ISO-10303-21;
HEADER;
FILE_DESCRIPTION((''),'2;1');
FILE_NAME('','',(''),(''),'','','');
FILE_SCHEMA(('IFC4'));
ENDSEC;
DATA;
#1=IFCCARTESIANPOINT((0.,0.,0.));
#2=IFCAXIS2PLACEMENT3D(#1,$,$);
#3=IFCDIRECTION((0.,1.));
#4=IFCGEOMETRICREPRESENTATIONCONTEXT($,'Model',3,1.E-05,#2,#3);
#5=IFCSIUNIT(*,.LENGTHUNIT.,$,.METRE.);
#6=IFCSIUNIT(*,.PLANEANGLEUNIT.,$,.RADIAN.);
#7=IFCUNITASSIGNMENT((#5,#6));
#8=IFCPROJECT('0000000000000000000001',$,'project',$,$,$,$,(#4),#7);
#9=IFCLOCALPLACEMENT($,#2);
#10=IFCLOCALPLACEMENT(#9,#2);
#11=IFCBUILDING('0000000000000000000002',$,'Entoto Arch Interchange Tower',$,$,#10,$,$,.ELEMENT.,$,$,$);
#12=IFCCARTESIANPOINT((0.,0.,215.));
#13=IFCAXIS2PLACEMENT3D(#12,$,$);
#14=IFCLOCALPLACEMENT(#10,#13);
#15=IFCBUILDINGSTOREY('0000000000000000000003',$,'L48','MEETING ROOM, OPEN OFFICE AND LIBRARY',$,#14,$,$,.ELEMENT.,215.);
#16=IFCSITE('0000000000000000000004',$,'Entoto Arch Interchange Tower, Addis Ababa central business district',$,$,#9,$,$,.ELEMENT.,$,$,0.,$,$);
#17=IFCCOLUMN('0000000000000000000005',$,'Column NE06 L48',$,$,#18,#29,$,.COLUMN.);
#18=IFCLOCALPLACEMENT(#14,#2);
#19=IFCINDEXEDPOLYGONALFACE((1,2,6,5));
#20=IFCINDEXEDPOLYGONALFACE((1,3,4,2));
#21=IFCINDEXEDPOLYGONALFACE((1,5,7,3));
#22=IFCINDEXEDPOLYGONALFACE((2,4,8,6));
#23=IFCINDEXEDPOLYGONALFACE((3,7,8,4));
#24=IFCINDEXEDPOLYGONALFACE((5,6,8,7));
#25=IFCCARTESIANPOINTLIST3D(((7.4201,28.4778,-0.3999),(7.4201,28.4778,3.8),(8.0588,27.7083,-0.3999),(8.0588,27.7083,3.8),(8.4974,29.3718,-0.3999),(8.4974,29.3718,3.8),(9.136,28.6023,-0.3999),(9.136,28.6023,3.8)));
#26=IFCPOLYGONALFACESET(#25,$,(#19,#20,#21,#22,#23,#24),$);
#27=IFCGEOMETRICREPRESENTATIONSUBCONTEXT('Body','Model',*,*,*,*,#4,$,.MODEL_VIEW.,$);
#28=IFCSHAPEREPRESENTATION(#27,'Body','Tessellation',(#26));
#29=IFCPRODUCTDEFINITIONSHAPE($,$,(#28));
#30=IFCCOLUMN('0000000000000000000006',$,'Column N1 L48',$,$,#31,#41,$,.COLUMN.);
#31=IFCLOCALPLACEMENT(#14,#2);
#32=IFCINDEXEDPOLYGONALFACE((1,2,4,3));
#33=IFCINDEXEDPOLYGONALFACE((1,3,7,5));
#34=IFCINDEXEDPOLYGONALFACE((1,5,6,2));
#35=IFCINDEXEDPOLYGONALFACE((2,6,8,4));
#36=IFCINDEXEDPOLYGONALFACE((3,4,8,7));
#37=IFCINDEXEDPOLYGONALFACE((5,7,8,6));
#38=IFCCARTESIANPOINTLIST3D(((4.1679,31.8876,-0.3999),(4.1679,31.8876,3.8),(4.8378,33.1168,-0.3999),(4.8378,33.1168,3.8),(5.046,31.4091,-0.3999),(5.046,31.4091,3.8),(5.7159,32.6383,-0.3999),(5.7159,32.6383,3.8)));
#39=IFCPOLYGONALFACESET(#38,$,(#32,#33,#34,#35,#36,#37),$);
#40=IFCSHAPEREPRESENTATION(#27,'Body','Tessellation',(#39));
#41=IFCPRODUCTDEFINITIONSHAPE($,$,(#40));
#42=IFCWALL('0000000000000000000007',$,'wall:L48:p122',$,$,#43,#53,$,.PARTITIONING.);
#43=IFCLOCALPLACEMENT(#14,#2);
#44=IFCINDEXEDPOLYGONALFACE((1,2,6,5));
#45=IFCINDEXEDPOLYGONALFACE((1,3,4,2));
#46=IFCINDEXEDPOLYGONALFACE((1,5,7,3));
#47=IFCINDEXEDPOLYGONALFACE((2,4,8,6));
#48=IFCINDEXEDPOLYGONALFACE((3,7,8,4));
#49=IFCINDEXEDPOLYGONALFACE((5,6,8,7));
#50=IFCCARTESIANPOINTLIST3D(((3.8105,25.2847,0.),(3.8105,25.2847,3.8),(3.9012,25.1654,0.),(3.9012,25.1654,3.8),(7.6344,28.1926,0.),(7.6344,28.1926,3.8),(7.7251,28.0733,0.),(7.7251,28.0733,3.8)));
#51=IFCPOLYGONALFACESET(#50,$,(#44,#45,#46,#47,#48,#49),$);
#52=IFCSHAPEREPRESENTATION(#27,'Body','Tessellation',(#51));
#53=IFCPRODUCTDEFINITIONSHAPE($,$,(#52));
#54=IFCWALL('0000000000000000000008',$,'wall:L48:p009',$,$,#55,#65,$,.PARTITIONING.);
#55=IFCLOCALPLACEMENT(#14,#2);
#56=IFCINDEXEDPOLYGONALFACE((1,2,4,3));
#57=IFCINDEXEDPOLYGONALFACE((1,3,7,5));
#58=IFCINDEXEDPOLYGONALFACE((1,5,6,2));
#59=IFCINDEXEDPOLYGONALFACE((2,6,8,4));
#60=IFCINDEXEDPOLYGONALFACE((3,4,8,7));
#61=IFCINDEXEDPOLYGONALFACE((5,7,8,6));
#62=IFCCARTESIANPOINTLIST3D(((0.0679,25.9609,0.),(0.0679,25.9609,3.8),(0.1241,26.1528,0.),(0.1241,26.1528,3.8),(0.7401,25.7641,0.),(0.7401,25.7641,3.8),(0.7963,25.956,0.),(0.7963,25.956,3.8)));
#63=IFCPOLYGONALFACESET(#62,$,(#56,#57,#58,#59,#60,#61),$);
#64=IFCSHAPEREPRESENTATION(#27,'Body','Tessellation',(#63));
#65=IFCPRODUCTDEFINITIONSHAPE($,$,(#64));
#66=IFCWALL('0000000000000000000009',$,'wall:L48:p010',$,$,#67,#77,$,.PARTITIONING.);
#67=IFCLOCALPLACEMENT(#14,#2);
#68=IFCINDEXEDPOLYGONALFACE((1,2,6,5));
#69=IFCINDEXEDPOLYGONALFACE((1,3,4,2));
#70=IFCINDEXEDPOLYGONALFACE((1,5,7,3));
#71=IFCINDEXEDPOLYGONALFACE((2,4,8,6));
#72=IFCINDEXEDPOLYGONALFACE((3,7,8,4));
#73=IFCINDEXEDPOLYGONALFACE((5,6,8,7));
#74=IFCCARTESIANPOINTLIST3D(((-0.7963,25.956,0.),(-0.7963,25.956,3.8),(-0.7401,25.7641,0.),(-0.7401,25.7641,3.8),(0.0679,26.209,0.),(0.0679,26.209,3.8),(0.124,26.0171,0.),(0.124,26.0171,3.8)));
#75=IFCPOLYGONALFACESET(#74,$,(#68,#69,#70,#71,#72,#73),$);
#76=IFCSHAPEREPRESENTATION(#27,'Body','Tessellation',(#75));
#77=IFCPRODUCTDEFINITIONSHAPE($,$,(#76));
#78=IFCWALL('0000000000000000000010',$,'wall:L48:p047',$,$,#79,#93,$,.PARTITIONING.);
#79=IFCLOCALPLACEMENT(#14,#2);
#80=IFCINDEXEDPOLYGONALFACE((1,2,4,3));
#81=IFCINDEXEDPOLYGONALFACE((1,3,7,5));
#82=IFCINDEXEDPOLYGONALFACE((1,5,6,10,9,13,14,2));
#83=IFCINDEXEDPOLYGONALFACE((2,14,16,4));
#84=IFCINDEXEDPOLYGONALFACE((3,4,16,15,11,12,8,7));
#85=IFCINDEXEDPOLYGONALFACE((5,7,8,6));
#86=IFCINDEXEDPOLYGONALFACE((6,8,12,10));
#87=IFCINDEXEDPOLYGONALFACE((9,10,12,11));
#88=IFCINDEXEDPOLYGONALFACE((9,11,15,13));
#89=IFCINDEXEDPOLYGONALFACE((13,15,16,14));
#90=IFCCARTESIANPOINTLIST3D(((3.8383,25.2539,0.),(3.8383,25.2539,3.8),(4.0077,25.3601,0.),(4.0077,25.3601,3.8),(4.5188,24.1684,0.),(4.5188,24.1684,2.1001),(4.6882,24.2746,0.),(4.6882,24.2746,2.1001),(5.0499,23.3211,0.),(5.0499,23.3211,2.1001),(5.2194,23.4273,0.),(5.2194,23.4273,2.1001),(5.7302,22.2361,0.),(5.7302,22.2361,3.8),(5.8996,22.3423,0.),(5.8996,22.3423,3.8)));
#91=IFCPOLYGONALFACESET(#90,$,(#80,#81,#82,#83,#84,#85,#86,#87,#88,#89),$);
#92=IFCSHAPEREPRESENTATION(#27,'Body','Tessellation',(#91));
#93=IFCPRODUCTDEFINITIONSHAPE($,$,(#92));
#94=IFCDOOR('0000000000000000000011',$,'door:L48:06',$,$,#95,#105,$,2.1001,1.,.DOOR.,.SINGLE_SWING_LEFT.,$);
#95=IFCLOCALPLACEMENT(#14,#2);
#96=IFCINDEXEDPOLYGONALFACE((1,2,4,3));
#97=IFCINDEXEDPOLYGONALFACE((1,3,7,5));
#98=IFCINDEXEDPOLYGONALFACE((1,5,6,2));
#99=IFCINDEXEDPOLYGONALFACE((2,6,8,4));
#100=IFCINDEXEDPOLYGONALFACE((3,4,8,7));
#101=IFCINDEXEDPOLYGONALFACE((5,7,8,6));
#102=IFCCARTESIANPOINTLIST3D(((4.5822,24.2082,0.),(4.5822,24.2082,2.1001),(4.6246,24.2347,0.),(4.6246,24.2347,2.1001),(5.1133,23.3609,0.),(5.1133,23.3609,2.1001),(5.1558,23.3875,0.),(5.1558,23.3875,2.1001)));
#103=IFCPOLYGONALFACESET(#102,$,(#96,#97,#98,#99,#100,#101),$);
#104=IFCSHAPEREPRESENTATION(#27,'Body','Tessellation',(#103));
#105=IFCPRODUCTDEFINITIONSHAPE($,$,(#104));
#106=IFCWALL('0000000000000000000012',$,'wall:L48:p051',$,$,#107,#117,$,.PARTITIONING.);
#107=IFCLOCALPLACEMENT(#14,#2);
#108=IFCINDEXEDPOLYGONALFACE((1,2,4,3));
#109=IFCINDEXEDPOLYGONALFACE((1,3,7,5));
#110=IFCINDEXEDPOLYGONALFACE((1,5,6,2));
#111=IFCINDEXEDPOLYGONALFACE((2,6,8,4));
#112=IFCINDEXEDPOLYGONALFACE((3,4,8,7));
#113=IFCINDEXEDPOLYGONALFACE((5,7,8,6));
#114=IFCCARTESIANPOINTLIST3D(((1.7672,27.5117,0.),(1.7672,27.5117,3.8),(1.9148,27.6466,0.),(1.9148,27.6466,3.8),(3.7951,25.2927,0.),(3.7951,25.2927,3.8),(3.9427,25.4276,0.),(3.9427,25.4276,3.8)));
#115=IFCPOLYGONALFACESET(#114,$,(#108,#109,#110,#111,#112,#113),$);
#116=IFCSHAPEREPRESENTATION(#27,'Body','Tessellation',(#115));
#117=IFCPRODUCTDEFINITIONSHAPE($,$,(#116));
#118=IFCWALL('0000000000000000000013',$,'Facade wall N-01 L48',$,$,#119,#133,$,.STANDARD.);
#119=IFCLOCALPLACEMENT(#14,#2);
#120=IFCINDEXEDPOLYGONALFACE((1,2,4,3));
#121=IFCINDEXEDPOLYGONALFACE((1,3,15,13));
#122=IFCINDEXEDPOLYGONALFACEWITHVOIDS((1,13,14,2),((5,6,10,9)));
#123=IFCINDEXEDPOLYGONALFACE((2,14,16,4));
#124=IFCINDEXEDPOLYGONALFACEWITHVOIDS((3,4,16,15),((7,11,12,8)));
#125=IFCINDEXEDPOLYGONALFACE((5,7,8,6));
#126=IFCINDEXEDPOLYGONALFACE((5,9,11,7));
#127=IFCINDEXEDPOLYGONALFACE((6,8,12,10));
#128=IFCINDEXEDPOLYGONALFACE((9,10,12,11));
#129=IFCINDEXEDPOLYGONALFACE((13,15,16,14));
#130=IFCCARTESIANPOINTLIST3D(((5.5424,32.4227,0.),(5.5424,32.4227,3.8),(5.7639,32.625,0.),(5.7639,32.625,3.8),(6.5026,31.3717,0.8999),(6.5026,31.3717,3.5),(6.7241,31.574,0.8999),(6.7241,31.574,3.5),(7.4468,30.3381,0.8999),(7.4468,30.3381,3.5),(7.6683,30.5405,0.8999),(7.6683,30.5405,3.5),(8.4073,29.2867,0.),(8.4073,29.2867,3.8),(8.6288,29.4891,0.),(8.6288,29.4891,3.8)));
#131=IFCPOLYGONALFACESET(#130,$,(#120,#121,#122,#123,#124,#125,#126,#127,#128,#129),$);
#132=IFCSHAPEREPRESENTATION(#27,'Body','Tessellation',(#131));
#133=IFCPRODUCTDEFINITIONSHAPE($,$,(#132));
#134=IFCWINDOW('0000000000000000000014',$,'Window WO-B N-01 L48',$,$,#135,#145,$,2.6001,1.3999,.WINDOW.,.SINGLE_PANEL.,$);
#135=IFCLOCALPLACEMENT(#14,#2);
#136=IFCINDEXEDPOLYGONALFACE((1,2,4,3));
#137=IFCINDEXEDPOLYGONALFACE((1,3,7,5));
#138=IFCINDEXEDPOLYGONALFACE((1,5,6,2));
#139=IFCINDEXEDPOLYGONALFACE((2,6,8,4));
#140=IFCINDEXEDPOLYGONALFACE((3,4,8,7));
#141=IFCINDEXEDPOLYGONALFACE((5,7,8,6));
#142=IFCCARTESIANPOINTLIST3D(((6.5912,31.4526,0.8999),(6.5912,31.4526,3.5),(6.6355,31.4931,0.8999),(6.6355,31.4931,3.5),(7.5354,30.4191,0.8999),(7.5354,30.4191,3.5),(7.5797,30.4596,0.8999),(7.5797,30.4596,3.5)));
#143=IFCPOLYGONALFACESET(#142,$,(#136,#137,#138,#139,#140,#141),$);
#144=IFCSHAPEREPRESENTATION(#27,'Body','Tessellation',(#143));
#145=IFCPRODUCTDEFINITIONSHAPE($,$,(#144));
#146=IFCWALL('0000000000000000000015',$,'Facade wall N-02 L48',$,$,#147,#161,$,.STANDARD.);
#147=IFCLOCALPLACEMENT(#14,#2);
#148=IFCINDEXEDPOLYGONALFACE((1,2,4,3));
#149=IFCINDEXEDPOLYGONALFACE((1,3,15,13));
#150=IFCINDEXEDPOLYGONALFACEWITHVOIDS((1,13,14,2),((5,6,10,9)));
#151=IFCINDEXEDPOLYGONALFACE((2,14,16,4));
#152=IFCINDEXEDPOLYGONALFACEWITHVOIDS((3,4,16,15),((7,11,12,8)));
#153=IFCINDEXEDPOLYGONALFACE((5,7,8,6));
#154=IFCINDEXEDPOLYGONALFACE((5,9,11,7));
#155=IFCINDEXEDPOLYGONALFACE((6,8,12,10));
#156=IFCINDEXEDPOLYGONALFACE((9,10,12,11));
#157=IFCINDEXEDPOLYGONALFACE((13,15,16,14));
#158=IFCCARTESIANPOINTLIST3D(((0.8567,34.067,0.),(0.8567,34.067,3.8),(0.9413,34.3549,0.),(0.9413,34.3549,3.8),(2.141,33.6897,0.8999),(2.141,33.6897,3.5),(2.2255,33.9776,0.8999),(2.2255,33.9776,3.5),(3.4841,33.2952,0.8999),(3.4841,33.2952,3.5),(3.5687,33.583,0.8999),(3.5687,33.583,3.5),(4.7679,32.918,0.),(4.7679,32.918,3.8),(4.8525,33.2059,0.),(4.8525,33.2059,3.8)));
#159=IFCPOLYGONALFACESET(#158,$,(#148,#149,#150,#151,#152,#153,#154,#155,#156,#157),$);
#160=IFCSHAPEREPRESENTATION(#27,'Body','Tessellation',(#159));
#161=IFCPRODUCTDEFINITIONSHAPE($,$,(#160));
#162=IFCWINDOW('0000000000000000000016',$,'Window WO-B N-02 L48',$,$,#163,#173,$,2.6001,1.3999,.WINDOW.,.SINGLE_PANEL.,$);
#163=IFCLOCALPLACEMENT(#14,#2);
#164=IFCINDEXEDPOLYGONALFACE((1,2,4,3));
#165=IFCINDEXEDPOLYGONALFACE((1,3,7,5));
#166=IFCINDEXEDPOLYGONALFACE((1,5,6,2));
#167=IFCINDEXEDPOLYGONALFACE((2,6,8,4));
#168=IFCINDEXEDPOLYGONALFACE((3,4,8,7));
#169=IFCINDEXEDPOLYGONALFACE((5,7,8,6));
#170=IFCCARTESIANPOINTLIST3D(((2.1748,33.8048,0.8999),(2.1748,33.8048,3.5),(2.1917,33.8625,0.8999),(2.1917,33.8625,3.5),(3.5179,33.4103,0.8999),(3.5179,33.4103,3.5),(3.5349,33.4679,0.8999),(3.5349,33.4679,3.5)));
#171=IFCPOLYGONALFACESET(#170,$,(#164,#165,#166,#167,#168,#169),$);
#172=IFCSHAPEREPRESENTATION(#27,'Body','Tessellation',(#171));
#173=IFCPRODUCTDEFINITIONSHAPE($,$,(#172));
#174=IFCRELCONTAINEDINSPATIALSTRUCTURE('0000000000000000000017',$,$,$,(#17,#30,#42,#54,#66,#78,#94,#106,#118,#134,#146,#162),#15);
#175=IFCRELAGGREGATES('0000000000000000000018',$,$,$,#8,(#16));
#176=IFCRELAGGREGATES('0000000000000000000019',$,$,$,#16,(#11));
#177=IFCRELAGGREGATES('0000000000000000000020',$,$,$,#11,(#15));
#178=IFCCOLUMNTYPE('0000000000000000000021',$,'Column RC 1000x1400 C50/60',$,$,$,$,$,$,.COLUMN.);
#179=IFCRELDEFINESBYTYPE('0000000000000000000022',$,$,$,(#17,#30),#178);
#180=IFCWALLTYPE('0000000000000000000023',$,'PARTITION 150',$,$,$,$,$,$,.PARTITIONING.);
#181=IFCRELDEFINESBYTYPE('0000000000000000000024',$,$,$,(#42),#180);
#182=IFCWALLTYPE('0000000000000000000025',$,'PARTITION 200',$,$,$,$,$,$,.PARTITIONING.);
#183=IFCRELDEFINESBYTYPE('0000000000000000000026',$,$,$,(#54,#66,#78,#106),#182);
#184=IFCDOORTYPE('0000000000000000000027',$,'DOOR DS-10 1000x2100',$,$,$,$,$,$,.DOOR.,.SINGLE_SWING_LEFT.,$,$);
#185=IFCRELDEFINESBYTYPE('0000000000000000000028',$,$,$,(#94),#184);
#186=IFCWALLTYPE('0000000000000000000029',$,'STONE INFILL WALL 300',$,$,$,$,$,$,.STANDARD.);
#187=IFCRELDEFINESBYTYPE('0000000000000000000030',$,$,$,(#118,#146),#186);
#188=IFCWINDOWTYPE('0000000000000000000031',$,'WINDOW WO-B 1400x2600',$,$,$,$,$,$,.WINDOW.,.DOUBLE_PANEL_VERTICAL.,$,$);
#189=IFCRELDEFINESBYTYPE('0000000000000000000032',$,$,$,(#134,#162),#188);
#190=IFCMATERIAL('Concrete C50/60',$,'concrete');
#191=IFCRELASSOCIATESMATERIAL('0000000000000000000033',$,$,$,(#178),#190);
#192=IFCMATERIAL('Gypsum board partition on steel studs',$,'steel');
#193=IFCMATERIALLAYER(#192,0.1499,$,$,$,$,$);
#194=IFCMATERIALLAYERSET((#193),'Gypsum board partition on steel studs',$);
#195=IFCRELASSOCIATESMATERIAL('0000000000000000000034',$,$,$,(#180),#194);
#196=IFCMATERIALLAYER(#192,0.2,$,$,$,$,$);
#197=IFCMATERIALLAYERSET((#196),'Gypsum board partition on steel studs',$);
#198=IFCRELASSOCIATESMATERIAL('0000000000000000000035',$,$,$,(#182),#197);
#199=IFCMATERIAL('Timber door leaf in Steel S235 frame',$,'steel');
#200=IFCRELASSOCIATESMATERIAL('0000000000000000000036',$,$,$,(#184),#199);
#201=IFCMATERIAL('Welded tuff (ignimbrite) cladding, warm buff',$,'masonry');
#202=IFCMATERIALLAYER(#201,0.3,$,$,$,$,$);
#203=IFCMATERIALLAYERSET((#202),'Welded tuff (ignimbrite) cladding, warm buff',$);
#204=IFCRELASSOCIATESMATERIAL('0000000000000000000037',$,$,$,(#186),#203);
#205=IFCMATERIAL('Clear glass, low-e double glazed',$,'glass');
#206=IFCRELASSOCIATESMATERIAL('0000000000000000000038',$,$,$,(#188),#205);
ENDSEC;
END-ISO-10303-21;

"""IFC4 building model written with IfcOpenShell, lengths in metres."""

from ifc_helpers import new_model, si_unit, direction, frame, frame_2d, origin, origin_2d, place, context, subcontext, project, spatial, rectangle, extrude, material, layer, layer_set, material_profile, profile_set, type_object, element, fill, save


model = new_model("IFC4")

# Units and contexts
model_context = context("Model", 3, precision=1e-05, world=origin(), true_north=direction((0.0, 1.0)))
body_context = subcontext(model_context, "Body", "Model", "MODEL_VIEW")
ifc_project = project(units=[si_unit("LENGTHUNIT", "METRE"), si_unit("PLANEANGLEUNIT", "RADIAN")], contexts=[model_context])

# Site, building, storey
site_placement = place(None, origin())
site = spatial("IfcSite", under=ifc_project, at=site_placement, Name="Entoto Arch Interchange Tower, Addis Ababa central business district", CompositionType="ELEMENT", RefElevation=0.0)
building_placement = place(site_placement, origin())
building = spatial("IfcBuilding", under=site, at=building_placement, Name="Entoto Arch Interchange Tower", CompositionType="ELEMENT")
storey_placement = place(building_placement, frame((0.0, 0.0, 215.0)))
storey = spatial("IfcBuildingStorey", under=building, at=storey_placement, Name="L48", Description="MEETING ROOM, OPEN OFFICE AND LIBRARY", CompositionType="ELEMENT", Elevation=215.0)

# Columns
ifc_material_1 = material(Name="Concrete C50/60", Category="concrete")
ifc_material_profile = material_profile(ifc_material_1, rectangle(XDim=1.0, YDim=1.3999, at=origin_2d()))
ifc_profile_set = profile_set([ifc_material_profile], Name="Concrete C50/60")
column_type = type_object("IfcColumnType", Name="Column RC 1000x1400 C50/60", PredefinedType="COLUMN", material=ifc_profile_set)
for number, where, z_axis, x_axis, name in (
    (1, (8.2781, 28.54, -0.3999), (0.0, 0.0, 1.0), (-0.63866, 0.769489, 0.0), "Column NE06 L48"),
    (2, (4.9419, 32.2629, -0.3999), (0.0, 0.0, 1.0), (-0.8781, 0.478477, 0.0), "Column N1 L48"),
):
    element("IfcColumn", number, at=place(storey_placement, frame(where, z_axis=z_axis, x_axis=x_axis)), inside=storey, type_object=column_type, Name=name, PredefinedType="COLUMN", context=body_context, shape_type="SweptSolid", body=[
        extrude(rectangle(XDim=1.0, YDim=1.3999, at=origin_2d()), origin(), (0.0, 0.0, 1.0), 4.2),
    ])

# Walls
ifc_material_2 = material(Name="Gypsum board partition on steel studs", Category="steel")
ifc_layer_1 = layer(ifc_material_2, 0.1499)
ifc_layer_set_1 = layer_set([ifc_layer_1], Name="Gypsum board partition on steel studs")
wall_type_1 = type_object("IfcWallType", Name="PARTITION 150", PredefinedType="PARTITIONING", material=ifc_layer_set_1)
wall_1_placement = place(storey_placement, frame((3.856, 25.2251, 0.0), z_axis=(0.0, 0.0, 1.0), x_axis=(0.795988, 0.605313, 0.0)))
element("IfcWall", 3, at=wall_1_placement, inside=storey, type_object=wall_type_1, Name="wall:L48:p122", PredefinedType="PARTITIONING", context=body_context, shape_type="SweptSolid", body=[
    extrude(rectangle(XDim=4.804, YDim=0.1499, at=frame_2d((2.4019, 0.0))), origin(), (0.0, 0.0, 1.0), 3.8),
])
ifc_layer_2 = layer(ifc_material_2, 0.2)
ifc_layer_set_2 = layer_set([ifc_layer_2], Name="Gypsum board partition on steel studs")
wall_type_2 = type_object("IfcWallType", Name="PARTITION 200", PredefinedType="PARTITIONING", material=ifc_layer_set_2)
wall_2_placement = place(storey_placement, frame((0.7681, 25.8601, 0.0), z_axis=(0.0, 0.0, 1.0), x_axis=(-0.959714, 0.280977, 0.0)))
element("IfcWall", 4, at=wall_2_placement, inside=storey, type_object=wall_type_2, Name="wall:L48:p009", PredefinedType="PARTITIONING", context=body_context, shape_type="SweptSolid", body=[
    extrude(rectangle(XDim=0.7004, YDim=0.2, at=frame_2d((0.3501, 0.0))), origin(), (0.0, 0.0, 1.0), 3.8),
])
wall_3_placement = place(storey_placement, frame((0.0959, 26.113, 0.0), z_axis=(0.0, 0.0, 1.0), x_axis=(-0.959723, -0.280947, 0.0)))
element("IfcWall", 5, at=wall_3_placement, inside=storey, type_object=wall_type_2, Name="wall:L48:p010", PredefinedType="PARTITIONING", context=body_context, shape_type="SweptSolid", body=[
    extrude(rectangle(XDim=0.9004, YDim=0.2, at=frame_2d((0.4502, 0.0))), origin(), (0.0, 0.0, 1.0), 3.8),
])

# Wall, opening, door
wall_4_placement = place(storey_placement, frame((3.9231, 25.3069, 0.0), z_axis=(0.0, 0.0, 1.0), x_axis=(0.531151, -0.847277, 0.0)))
wall_4 = element("IfcWall", 6, at=wall_4_placement, inside=storey, type_object=wall_type_2, Name="wall:L48:p047", PredefinedType="PARTITIONING", context=body_context, shape_type="SweptSolid", body=[
    extrude(rectangle(XDim=3.5618, YDim=0.2, at=frame_2d((1.7808, 0.0))), origin(), (0.0, 0.0, 1.0), 3.8),
])
opening_1_placement = place(wall_4_placement, frame((1.281, 0.0, 0.0)))
opening_1 = element("IfcOpeningElement", 7, at=opening_1_placement, cuts=wall_4, PredefinedType="OPENING", context=body_context, shape_type="SweptSolid", body=[
    extrude(rectangle(XDim=1.0, YDim=2.1001, at=frame_2d((0.5, 1.05))), frame((0.0, 0.1099, 0.0), z_axis=(0.0, -1.0, 0.0), x_axis=(1.0, 0.0, 0.0)), (0.0, 0.0, 1.0), 0.22),
])
ifc_material_3 = material(Name="Timber door leaf in Steel S235 frame", Category="steel")
door_type = type_object("IfcDoorType", Name="DOOR DS-10 1000x2100", OperationType="SINGLE_SWING_LEFT", PredefinedType="DOOR", material=ifc_material_3)
door_placement = place(opening_1_placement, origin())
door = element("IfcDoor", 8, at=door_placement, inside=storey, type_object=door_type, Name="door:L48:06", OperationType="SINGLE_SWING_LEFT", OverallHeight=2.1001, OverallWidth=1.0, PredefinedType="DOOR", context=body_context, shape_type="SweptSolid", body=[
    extrude(rectangle(XDim=1.0, YDim=2.1001, at=frame_2d((0.5, 1.05))), frame((0.0, 0.0249, 0.0), z_axis=(0.0, -1.0, 0.0), x_axis=(1.0, 0.0, 0.0)), (0.0, 0.0, 1.0), 0.05),
])
fill(opening_1, door)

# Wall
wall_5_placement = place(storey_placement, frame((1.8411, 27.5791, 0.0), z_axis=(0.0, 0.0, 1.0), x_axis=(0.674595, -0.738188, 0.0)))
element("IfcWall", 9, at=wall_5_placement, inside=storey, type_object=wall_type_2, Name="wall:L48:p051", PredefinedType="PARTITIONING", context=body_context, shape_type="SweptSolid", body=[
    extrude(rectangle(XDim=3.0061, YDim=0.2, at=frame_2d((1.5029, 0.0))), origin(), (0.0, 0.0, 1.0), 3.8),
])

# Walls, openings, windows
ifc_material_4 = material(Name="Welded tuff (ignimbrite) cladding, warm buff", Category="masonry")
ifc_layer_3 = layer(ifc_material_4, 0.3)
ifc_layer_set_3 = layer_set([ifc_layer_3], Name="Welded tuff (ignimbrite) cladding, warm buff")
wall_type_3 = type_object("IfcWallType", Name="STONE INFILL WALL 300", PredefinedType="STANDARD", material=ifc_layer_set_3)
wall_6_placement = place(storey_placement, frame((8.5181, 29.3879, 0.0), z_axis=(0.0, 0.0, 1.0), x_axis=(-0.674487, 0.738286, 0.0)))
wall_6 = element("IfcWall", 10, at=wall_6_placement, inside=storey, type_object=wall_type_3, Name="Facade wall N-01 L48", PredefinedType="STANDARD", context=body_context, shape_type="SweptSolid", body=[
    extrude(rectangle(XDim=4.2476, YDim=0.3, at=frame_2d((2.1238, 0.0))), origin(), (0.0, 0.0, 1.0), 3.8),
])
opening_2_placement = place(wall_6_placement, frame((1.4241, 0.0, 0.8999)))
opening_2 = element("IfcOpeningElement", 11, at=opening_2_placement, cuts=wall_6, PredefinedType="OPENING", context=body_context, shape_type="SweptSolid", body=[
    extrude(rectangle(XDim=1.3999, YDim=2.6001, at=frame_2d((0.7, 1.3))), frame((0.0, 0.1602, 0.0), z_axis=(0.0, -1.0, 0.0), x_axis=(1.0, 0.0, 0.0)), (0.0, 0.0, 1.0), 0.3201),
])
ifc_material_5 = material(Name="Clear glass, low-e double glazed", Category="glass")
window_type = type_object("IfcWindowType", Name="WINDOW WO-B 1400x2600", PartitioningType="DOUBLE_PANEL_VERTICAL", PredefinedType="WINDOW", material=ifc_material_5)
window_1_placement = place(opening_2_placement, origin())
window_1 = element("IfcWindow", 12, at=window_1_placement, inside=storey, type_object=window_type, Name="Window WO-B N-01 L48", OverallHeight=2.6001, OverallWidth=1.3999, PartitioningType="SINGLE_PANEL", PredefinedType="WINDOW", context=body_context, shape_type="SweptSolid", body=[
    extrude(rectangle(XDim=1.3999, YDim=2.6001, at=frame_2d((0.7, 1.3))), frame((0.0, 0.03, 0.0), z_axis=(0.0, -1.0, 0.0), x_axis=(1.0, 0.0, 0.0)), (0.0, 0.0, 1.0), 0.0601),
])
fill(opening_2, window_1)
wall_7_placement = place(storey_placement, frame((4.8101, 33.062, 0.0), z_axis=(0.0, 0.0, 1.0), x_axis=(-0.959459, 0.281849, 0.0)))
wall_7 = element("IfcWall", 13, at=wall_7_placement, inside=storey, type_object=wall_type_3, Name="Facade wall N-02 L48", PredefinedType="STANDARD", context=body_context, shape_type="SweptSolid", body=[
    extrude(rectangle(XDim=4.0764, YDim=0.3, at=frame_2d((2.0381, 0.0))), origin(), (0.0, 0.0, 1.0), 3.8),
])
opening_3_placement = place(wall_7_placement, frame((1.3379, 0.0, 0.8999)))
opening_3 = element("IfcOpeningElement", 14, at=opening_3_placement, cuts=wall_7, PredefinedType="OPENING", context=body_context, shape_type="SweptSolid", body=[
    extrude(rectangle(XDim=1.3999, YDim=2.6001, at=frame_2d((0.7, 1.3))), frame((0.0, 0.1602, 0.0), z_axis=(0.0, -1.0, 0.0), x_axis=(1.0, 0.0, 0.0)), (0.0, 0.0, 1.0), 0.3201),
])
window_2_placement = place(opening_3_placement, origin())
window_2 = element("IfcWindow", 15, at=window_2_placement, inside=storey, type_object=window_type, Name="Window WO-B N-02 L48", OverallHeight=2.6001, OverallWidth=1.3999, PartitioningType="SINGLE_PANEL", PredefinedType="WINDOW", context=body_context, shape_type="SweptSolid", body=[
    extrude(rectangle(XDim=1.3999, YDim=2.6001, at=frame_2d((0.7, 1.3))), frame((0.0, 0.03, 0.0), z_axis=(0.0, -1.0, 0.0), x_axis=(1.0, 0.0, 0.0)), (0.0, 0.0, 1.0), 0.0601),
])
fill(opening_3, window_2)

save(model, "model.ifc")
